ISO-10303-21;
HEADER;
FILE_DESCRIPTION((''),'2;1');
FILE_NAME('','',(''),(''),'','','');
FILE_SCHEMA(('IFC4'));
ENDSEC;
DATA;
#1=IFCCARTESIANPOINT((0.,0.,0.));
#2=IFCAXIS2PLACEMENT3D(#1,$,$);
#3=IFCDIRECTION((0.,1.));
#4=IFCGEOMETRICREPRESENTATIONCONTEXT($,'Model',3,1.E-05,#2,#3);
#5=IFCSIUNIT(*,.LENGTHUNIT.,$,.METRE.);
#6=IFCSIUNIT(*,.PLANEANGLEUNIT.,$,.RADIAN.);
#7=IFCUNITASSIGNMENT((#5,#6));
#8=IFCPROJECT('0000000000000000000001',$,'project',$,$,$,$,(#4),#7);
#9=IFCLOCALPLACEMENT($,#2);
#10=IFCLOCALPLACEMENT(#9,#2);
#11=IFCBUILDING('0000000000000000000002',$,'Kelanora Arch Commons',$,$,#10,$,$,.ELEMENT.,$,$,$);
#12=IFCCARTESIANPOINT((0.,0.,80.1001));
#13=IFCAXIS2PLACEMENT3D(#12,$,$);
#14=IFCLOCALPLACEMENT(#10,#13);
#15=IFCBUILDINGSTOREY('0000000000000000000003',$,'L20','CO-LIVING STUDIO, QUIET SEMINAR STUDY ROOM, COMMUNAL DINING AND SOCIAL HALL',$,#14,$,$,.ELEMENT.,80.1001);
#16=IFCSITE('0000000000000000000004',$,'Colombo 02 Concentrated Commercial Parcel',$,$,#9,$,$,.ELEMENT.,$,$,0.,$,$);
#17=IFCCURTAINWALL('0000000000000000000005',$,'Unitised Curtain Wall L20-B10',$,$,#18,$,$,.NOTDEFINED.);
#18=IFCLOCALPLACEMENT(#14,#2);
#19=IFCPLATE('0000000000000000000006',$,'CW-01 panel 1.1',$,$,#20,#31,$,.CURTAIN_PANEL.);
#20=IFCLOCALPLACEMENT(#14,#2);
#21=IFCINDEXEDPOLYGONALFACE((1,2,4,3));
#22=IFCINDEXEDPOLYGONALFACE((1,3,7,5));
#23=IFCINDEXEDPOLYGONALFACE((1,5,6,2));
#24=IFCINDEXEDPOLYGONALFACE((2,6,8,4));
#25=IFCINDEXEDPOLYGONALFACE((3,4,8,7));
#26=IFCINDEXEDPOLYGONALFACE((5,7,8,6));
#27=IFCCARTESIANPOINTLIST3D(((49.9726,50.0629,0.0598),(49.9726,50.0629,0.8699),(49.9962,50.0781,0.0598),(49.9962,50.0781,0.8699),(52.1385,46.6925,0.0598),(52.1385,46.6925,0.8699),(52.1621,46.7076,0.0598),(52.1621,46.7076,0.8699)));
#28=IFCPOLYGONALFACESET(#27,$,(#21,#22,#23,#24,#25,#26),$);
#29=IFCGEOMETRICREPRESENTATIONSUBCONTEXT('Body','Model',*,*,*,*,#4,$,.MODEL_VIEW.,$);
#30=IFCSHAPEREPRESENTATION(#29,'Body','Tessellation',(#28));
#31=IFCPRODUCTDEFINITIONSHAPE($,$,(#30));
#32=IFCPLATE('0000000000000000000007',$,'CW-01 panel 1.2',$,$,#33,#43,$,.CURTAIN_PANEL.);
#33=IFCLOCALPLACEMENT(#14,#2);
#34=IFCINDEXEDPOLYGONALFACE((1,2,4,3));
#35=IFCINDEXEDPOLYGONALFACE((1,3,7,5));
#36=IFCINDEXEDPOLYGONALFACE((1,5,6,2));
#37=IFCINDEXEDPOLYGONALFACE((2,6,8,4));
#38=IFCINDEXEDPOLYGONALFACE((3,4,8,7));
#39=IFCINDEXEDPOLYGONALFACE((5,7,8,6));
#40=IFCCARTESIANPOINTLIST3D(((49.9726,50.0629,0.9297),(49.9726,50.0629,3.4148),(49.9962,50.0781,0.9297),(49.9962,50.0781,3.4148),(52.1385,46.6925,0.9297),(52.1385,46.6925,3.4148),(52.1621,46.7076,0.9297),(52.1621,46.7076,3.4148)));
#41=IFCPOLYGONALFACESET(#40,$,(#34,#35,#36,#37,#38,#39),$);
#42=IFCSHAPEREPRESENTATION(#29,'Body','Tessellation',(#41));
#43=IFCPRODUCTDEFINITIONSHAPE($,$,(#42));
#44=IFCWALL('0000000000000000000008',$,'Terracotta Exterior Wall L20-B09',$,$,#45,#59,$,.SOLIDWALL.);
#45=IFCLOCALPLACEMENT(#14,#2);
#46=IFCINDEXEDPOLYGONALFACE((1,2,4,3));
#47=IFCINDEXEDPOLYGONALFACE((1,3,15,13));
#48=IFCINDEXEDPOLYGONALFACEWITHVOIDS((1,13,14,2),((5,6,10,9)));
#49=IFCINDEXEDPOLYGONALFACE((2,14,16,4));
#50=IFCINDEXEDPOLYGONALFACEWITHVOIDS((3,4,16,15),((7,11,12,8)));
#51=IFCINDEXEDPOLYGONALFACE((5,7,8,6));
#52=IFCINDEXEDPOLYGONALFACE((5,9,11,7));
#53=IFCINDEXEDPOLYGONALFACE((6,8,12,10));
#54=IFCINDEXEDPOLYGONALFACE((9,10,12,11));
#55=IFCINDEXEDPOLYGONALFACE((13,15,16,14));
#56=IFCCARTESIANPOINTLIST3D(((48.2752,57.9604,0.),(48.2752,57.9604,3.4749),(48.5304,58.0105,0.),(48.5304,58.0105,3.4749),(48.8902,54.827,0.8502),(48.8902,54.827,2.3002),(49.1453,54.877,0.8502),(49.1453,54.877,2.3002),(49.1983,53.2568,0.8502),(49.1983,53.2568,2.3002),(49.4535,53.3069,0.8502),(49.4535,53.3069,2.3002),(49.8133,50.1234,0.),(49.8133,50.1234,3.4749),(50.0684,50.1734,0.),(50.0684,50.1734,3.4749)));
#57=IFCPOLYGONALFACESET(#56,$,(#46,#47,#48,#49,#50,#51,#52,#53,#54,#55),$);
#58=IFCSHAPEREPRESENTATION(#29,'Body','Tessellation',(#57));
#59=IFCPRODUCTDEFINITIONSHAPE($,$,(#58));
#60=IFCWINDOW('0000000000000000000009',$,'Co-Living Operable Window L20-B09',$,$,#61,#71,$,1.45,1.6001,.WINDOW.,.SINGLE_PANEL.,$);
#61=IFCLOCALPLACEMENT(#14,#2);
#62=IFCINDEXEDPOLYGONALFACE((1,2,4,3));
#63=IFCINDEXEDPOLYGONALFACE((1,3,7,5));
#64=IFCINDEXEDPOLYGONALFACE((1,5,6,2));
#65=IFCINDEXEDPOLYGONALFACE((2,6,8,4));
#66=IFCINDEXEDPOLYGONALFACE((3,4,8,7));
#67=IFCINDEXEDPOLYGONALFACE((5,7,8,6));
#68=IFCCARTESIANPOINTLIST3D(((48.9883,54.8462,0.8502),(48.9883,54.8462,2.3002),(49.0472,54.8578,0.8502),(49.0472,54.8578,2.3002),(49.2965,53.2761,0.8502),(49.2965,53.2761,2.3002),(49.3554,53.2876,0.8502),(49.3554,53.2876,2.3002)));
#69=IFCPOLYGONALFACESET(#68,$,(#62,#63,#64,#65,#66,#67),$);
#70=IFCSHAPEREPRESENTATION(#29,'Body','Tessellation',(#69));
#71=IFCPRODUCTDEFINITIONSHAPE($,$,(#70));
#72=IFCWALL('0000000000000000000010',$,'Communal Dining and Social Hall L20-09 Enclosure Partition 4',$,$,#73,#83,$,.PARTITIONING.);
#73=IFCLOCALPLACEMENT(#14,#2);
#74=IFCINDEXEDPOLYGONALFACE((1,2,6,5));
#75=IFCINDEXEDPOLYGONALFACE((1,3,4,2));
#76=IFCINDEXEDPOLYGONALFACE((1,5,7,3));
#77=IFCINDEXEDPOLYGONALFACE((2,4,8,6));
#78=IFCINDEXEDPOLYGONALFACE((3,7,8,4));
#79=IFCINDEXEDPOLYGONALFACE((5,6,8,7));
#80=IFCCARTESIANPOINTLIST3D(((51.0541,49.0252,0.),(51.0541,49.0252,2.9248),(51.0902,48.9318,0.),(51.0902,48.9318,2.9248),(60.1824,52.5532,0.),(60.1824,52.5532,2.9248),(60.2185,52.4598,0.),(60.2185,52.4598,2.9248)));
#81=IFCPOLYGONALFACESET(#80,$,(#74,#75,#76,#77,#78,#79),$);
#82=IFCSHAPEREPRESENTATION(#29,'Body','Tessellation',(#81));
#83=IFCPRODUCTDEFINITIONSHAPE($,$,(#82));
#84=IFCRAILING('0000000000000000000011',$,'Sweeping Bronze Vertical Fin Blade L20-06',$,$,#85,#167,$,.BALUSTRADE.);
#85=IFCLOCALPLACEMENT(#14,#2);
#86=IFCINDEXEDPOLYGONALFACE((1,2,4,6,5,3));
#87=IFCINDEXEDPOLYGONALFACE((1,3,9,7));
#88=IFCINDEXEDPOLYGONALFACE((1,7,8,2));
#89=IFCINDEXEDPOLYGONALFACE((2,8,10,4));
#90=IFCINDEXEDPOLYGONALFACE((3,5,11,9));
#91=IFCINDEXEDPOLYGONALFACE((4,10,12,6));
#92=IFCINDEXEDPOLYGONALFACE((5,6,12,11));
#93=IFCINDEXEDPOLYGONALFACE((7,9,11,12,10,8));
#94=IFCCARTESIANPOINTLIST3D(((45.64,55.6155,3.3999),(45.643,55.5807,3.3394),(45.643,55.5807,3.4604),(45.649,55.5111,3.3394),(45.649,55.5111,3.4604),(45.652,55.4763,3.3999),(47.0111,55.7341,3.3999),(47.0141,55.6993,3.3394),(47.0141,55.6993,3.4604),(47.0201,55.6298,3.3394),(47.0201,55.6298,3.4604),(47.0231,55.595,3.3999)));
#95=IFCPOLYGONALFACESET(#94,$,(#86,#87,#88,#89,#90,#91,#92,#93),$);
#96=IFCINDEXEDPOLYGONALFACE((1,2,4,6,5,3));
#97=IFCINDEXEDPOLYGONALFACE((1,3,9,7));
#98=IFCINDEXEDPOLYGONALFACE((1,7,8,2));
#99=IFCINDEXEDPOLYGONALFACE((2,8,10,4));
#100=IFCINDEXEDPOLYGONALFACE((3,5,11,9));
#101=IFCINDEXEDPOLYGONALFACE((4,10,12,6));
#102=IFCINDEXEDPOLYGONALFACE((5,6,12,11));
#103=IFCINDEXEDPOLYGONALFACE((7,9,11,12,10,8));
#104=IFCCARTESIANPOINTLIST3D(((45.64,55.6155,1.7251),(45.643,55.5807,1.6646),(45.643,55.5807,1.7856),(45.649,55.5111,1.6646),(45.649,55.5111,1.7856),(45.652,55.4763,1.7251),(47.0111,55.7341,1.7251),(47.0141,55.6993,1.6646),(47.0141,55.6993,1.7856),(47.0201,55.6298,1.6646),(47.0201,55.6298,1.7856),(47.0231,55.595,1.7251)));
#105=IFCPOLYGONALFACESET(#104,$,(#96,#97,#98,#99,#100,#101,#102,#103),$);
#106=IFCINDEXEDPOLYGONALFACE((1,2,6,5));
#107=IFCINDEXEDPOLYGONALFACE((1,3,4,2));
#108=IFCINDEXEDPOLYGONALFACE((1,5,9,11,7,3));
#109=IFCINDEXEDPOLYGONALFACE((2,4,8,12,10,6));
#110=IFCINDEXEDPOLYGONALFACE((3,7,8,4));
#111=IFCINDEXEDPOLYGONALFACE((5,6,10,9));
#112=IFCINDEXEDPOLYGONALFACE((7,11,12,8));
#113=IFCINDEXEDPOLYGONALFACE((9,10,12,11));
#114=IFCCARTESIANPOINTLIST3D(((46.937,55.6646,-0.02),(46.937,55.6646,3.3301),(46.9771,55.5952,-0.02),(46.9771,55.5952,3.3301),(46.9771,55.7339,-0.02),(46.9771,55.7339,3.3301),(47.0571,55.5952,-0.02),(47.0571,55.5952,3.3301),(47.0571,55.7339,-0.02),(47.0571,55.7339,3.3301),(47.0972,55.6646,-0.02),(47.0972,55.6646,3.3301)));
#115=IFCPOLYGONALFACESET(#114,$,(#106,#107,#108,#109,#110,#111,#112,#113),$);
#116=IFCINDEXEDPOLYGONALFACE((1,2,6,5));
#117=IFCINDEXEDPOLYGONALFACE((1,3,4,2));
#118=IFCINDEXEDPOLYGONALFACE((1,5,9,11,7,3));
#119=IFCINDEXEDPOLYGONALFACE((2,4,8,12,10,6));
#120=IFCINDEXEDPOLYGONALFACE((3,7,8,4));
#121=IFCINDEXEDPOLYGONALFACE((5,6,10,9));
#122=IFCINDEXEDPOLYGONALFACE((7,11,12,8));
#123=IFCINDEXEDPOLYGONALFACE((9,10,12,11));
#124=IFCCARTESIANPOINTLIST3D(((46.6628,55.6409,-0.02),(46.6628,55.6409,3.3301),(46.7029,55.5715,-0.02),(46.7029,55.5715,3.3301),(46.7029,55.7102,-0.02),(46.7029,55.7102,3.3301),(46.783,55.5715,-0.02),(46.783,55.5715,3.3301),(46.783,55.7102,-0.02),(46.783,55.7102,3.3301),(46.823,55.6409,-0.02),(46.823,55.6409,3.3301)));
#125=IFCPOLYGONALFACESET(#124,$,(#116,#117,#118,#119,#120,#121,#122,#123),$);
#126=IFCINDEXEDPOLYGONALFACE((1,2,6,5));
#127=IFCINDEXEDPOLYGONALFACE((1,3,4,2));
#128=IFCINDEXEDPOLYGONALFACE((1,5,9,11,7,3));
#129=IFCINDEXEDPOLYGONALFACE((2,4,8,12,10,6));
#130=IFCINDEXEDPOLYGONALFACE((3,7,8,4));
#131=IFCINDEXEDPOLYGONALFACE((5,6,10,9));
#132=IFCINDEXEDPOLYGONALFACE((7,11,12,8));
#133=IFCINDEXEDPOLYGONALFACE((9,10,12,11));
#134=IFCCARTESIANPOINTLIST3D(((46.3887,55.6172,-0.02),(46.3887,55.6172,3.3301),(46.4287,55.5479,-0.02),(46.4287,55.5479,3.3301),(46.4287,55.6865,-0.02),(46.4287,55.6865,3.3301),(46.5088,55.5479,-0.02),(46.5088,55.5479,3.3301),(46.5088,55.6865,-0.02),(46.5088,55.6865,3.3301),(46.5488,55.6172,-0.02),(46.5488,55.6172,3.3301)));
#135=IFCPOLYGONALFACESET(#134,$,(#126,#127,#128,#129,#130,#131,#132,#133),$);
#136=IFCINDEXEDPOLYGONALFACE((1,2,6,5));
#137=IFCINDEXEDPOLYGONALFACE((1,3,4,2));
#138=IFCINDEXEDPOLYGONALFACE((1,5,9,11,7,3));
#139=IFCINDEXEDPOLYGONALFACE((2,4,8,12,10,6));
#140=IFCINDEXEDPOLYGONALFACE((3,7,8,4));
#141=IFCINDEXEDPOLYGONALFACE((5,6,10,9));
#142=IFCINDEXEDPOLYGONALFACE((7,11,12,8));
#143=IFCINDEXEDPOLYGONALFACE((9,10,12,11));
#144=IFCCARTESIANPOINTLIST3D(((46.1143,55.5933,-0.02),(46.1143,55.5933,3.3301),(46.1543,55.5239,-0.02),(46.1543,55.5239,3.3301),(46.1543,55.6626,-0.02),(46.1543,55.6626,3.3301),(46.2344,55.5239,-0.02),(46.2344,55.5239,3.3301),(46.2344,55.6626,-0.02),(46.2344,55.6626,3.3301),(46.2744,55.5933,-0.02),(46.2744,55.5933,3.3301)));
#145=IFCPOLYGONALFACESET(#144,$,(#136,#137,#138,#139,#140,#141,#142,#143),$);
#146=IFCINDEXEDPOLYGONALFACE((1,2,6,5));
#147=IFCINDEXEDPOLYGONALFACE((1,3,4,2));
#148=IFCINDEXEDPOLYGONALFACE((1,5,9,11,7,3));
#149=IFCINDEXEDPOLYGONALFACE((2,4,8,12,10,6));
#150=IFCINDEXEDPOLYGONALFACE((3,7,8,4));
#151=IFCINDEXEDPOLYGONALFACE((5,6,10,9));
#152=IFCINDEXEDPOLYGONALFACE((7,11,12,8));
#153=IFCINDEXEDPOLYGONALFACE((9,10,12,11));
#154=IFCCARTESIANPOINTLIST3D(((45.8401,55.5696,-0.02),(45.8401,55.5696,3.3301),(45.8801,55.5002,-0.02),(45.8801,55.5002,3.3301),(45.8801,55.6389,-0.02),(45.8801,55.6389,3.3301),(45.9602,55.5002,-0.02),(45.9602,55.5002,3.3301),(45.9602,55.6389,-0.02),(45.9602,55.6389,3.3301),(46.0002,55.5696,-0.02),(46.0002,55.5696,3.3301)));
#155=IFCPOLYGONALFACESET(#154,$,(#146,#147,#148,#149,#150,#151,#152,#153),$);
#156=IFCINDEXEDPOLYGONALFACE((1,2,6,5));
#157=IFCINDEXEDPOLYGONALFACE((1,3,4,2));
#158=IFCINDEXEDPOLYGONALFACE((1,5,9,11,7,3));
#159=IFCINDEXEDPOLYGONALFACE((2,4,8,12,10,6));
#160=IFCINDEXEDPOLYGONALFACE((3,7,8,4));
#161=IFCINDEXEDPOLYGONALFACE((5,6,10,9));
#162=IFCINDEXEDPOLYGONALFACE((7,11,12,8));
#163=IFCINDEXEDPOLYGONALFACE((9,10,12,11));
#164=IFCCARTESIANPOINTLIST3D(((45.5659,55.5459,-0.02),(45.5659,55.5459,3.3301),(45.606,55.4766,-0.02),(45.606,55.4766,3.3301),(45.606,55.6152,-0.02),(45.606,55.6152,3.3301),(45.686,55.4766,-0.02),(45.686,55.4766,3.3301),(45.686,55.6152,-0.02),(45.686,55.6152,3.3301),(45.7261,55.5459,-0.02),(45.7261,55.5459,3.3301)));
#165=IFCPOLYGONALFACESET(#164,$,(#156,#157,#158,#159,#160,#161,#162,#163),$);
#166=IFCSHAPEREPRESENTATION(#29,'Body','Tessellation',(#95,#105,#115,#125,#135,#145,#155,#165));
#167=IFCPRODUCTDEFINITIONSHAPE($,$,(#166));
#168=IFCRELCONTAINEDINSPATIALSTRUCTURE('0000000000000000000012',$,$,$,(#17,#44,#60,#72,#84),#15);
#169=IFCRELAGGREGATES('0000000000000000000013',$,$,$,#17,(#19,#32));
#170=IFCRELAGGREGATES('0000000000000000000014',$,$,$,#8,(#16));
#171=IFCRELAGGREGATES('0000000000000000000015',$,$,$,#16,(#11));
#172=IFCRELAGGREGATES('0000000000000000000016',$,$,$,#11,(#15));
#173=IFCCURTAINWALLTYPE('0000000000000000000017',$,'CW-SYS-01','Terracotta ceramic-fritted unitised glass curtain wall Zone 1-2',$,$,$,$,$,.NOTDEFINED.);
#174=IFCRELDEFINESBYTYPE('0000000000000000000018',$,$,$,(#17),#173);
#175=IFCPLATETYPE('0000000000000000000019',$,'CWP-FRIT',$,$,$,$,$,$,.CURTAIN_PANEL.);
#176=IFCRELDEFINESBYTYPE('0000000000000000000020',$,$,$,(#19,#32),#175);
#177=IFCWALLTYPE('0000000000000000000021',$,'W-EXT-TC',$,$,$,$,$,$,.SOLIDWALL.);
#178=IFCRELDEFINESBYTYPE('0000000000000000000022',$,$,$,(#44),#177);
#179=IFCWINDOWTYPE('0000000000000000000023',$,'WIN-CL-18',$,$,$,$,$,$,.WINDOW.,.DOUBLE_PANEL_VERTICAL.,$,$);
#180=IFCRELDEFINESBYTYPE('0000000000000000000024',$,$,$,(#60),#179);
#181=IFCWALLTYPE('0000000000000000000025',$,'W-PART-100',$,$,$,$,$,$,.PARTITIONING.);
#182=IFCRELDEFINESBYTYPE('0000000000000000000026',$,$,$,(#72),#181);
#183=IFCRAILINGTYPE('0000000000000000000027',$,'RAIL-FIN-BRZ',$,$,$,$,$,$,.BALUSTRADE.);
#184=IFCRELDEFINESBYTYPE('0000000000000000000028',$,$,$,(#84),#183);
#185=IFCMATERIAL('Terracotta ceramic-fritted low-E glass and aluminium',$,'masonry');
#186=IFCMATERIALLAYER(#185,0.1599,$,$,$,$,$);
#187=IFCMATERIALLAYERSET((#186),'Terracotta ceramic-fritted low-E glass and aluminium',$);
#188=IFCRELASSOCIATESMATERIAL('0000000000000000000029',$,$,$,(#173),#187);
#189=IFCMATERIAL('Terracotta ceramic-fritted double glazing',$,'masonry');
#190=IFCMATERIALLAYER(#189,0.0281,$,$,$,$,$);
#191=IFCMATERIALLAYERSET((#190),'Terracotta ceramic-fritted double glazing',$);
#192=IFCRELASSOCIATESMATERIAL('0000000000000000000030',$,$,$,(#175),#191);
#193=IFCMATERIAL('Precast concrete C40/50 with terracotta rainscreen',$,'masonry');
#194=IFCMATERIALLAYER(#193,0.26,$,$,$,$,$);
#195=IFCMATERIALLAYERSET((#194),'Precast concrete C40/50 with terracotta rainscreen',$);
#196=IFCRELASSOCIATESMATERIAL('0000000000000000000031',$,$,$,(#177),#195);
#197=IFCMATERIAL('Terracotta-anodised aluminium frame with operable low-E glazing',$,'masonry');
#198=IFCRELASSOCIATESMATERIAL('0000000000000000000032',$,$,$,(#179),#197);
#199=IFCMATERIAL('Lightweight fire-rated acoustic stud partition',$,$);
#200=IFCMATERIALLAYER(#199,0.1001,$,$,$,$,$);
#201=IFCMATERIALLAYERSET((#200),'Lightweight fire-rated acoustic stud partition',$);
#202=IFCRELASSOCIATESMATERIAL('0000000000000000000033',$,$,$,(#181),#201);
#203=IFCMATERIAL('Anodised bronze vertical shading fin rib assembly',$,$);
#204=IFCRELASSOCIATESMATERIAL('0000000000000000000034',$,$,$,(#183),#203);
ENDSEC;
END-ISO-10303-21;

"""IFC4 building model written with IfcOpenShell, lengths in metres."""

from ifc_helpers import new_model, si_unit, direction, frame, frame_2d, origin, origin_2d, place, context, subcontext, project, spatial, polyline, rectangle, outline, extrude, source, transform, mapped, material, layer, layer_set, type_object, element, fill, aggregate, save


model = new_model("IFC4")

# Units and contexts
model_context = context("Model", 3, precision=1e-05, world=origin(), true_north=direction((0.0, 1.0)))
body_context = subcontext(model_context, "Body", "Model", "MODEL_VIEW")
ifc_project = project(units=[si_unit("LENGTHUNIT", "METRE"), si_unit("PLANEANGLEUNIT", "RADIAN")], contexts=[model_context])

# Site, building, storey
site_placement = place(None, origin())
site = spatial("IfcSite", under=ifc_project, at=site_placement, Name="Colombo 02 Concentrated Commercial Parcel", CompositionType="ELEMENT", RefElevation=0.0)
building_placement = place(site_placement, origin())
building = spatial("IfcBuilding", under=site, at=building_placement, Name="Kelanora Arch Commons", CompositionType="ELEMENT")
storey_placement = place(building_placement, frame((0.0, 0.0, 80.1001)))
storey = spatial("IfcBuildingStorey", under=building, at=storey_placement, Name="L20", Description="CO-LIVING STUDIO, QUIET SEMINAR STUDY ROOM, COMMUNAL DINING AND SOCIAL HALL", CompositionType="ELEMENT", Elevation=80.1001)

# Curtain wall
ifc_material_1 = material(Name="Terracotta ceramic-fritted low-E glass and aluminium", Category="masonry")
ifc_layer_1 = layer(ifc_material_1, 0.1599)
ifc_layer_set_1 = layer_set([ifc_layer_1], Name="Terracotta ceramic-fritted low-E glass and aluminium")
curtain_wall_type = type_object("IfcCurtainWallType", Name="CW-SYS-01", Description="Terracotta ceramic-fritted unitised glass curtain wall Zone 1-2", PredefinedType="NOTDEFINED", material=ifc_layer_set_1)
curtain_wall_placement = place(storey_placement, origin())
curtain_wall = element("IfcCurtainWall", 1, at=curtain_wall_placement, inside=storey, type_object=curtain_wall_type, Name="Unitised Curtain Wall L20-B10", PredefinedType="NOTDEFINED")

# Plates
ifc_material_2 = material(Name="Terracotta ceramic-fritted double glazing", Category="masonry")
ifc_layer_2 = layer(ifc_material_2, 0.0281)
ifc_layer_set_2 = layer_set([ifc_layer_2], Name="Terracotta ceramic-fritted double glazing")
plate_type = type_object("IfcPlateType", Name="CWP-FRIT", PredefinedType="CURTAIN_PANEL", material=ifc_layer_set_2)
shared_shape_1 = source(origin(), body_context, "Body", "SweptSolid", [
    extrude(rectangle(XDim=4.0063, YDim=0.0281, at=origin_2d()), origin(), (0.0, 0.0, 1.0), 0.8101),
])
plate_1_placement = place(storey_placement, frame((51.0674, 48.3853, 0.0598), z_axis=(0.0, 0.0, 1.0), x_axis=(0.540617, -0.841269, 0.0)))
plate_1 = element("IfcPlate", 2, at=plate_1_placement, type_object=plate_type, Name="CW-01 panel 1.1", PredefinedType="CURTAIN_PANEL", context=body_context, shape_type="MappedRepresentation", body=[
    mapped(shared_shape_1, transform((0.0, 0.0, 0.0), scale=1.0)),
])
shared_shape_2 = source(origin(), body_context, "Body", "SweptSolid", [
    extrude(rectangle(XDim=4.0063, YDim=0.0281, at=origin_2d()), origin(), (0.0, 0.0, 1.0), 2.4851),
])
plate_2_placement = place(storey_placement, frame((51.0674, 48.3853, 0.9297), z_axis=(0.0, 0.0, 1.0), x_axis=(0.540617, -0.841269, 0.0)))
plate_2 = element("IfcPlate", 3, at=plate_2_placement, type_object=plate_type, Name="CW-01 panel 1.2", PredefinedType="CURTAIN_PANEL", context=body_context, shape_type="MappedRepresentation", body=[
    mapped(shared_shape_2, transform((0.0, 0.0, 0.0), scale=1.0)),
])
aggregate(curtain_wall, [plate_1, plate_2])

# Wall, opening, window
ifc_material_3 = material(Name="Precast concrete C40/50 with terracotta rainscreen", Category="masonry")
ifc_layer_3 = layer(ifc_material_3, 0.26)
ifc_layer_set_3 = layer_set([ifc_layer_3], Name="Precast concrete C40/50 with terracotta rainscreen")
wall_type_1 = type_object("IfcWallType", Name="W-EXT-TC", PredefinedType="SOLIDWALL", material=ifc_layer_set_3)
wall_1_placement = place(storey_placement, frame((48.4028, 57.9854, 0.0), z_axis=(0.0, 0.0, 1.0), x_axis=(0.192582, -0.981281, 0.0)))
wall_1 = element("IfcWall", 4, at=wall_1_placement, inside=storey, type_object=wall_type_1, Name="Terracotta Exterior Wall L20-B09", PredefinedType="SOLIDWALL", context=body_context, shape_type="SweptSolid", body=[
    extrude(rectangle(XDim=7.9866, YDim=0.26, at=frame_2d((3.9932, 0.0))), origin(), (0.0, 0.0, 1.0), 3.4749),
])
opening_placement = place(wall_1_placement, frame((3.1931, 0.0, 0.8501)))
opening = element("IfcOpeningElement", 5, at=opening_placement, cuts=wall_1, PredefinedType="OPENING", context=body_context, shape_type="SweptSolid", body=[
    extrude(rectangle(XDim=1.6001, YDim=1.45, at=frame_2d((0.8, 0.7251))), frame((0.0, 0.1401, 0.0), z_axis=(0.0, -1.0, 0.0), x_axis=(1.0, 0.0, 0.0)), (0.0, 0.0, 1.0), 0.28),
])
ifc_material_4 = material(Name="Terracotta-anodised aluminium frame with operable low-E glazing", Category="masonry")
window_type = type_object("IfcWindowType", Name="WIN-CL-18", PartitioningType="DOUBLE_PANEL_VERTICAL", PredefinedType="WINDOW", material=ifc_material_4)
window_placement = place(opening_placement, origin())
window = element("IfcWindow", 6, at=window_placement, inside=storey, type_object=window_type, Name="Co-Living Operable Window L20-B09", OverallHeight=1.45, OverallWidth=1.6001, PartitioningType="SINGLE_PANEL", PredefinedType="WINDOW", context=body_context, shape_type="SweptSolid", body=[
    extrude(rectangle(XDim=1.6001, YDim=1.45, at=frame_2d((0.8, 0.7251))), frame((0.0, 0.03, 0.0), z_axis=(0.0, -1.0, 0.0), x_axis=(1.0, 0.0, 0.0)), (0.0, 0.0, 1.0), 0.0601),
])
fill(opening, window)

# Wall
ifc_material_5 = material(Name="Lightweight fire-rated acoustic stud partition")
ifc_layer_4 = layer(ifc_material_5, 0.1001)
ifc_layer_set_4 = layer_set([ifc_layer_4], Name="Lightweight fire-rated acoustic stud partition")
wall_type_2 = type_object("IfcWallType", Name="W-PART-100", PredefinedType="PARTITIONING", material=ifc_layer_set_4)
wall_2_placement = place(storey_placement, frame((51.0723, 48.9785, 0.0), z_axis=(0.0, 0.0, 1.0), x_axis=(0.932757, 0.360505, 0.0)))
element("IfcWall", 7, at=wall_2_placement, inside=storey, type_object=wall_type_2, Name="Communal Dining and Social Hall L20-09 Enclosure Partition 4", PredefinedType="PARTITIONING", context=body_context, shape_type="SweptSolid", body=[
    extrude(rectangle(XDim=9.7864, YDim=0.1001, at=frame_2d((4.8931, 0.0))), origin(), (0.0, 0.0, 1.0), 2.9248),
])

# Railing
ifc_material_6 = material(Name="Anodised bronze vertical shading fin rib assembly")
railing_type = type_object("IfcRailingType", Name="RAIL-FIN-BRZ", PredefinedType="BALUSTRADE", material=ifc_material_6)
railing_1_placement = place(storey_placement, frame((47.0171, 55.6646, -0.02)))
element("IfcRailing", 8, at=railing_1_placement, inside=storey, type_object=railing_type, Name="Sweeping Bronze Vertical Fin Blade L20-06", PredefinedType="BALUSTRADE", context=body_context, shape_type="SweptSolid", body=[
    extrude(outline(polyline([(0.0698, 0.0), (0.0349, 0.0605), (-0.0349, 0.0605), (-0.0698, 0.0), (-0.0349, -0.0605), (0.0349, -0.0605), (0.0698, 0.0)])), frame((0.0, 0.0, 3.4199), z_axis=(-0.996276, -0.086216, 0.0), x_axis=(0.086216, -0.996276, 0.0)), (0.0, 0.0, 1.0), 1.3762),
    extrude(outline(polyline([(0.0698, 0.0), (0.0349, 0.0605), (-0.0349, 0.0605), (-0.0698, 0.0), (-0.0349, -0.0605), (0.0349, -0.0605), (0.0698, 0.0)])), frame((0.0, 0.0, 1.7451), z_axis=(-0.996276, -0.086216, 0.0), x_axis=(0.086216, -0.996276, 0.0)), (0.0, 0.0, 1.0), 1.3762),
    extrude(outline(polyline([(0.0801, 0.0), (0.04, 0.0693), (-0.04, 0.0693), (-0.0801, 0.0), (-0.04, -0.0693), (0.04, -0.0693), (0.0801, 0.0)])), origin(), (0.0, 0.0, 1.0), 3.3501),
    extrude(outline(polyline([(0.0801, 0.0), (0.04, 0.0693), (-0.04, 0.0693), (-0.0801, 0.0), (-0.04, -0.0693), (0.04, -0.0693), (0.0801, 0.0)])), frame((-0.2742, -0.0237, 0.0)), (0.0, 0.0, 1.0), 3.3501),
    extrude(outline(polyline([(0.0801, 0.0), (0.04, 0.0693), (-0.04, 0.0693), (-0.0801, 0.0), (-0.04, -0.0693), (0.04, -0.0693), (0.0801, 0.0)])), frame((-0.5483, -0.0474, 0.0)), (0.0, 0.0, 1.0), 3.3501),
    extrude(outline(polyline([(0.0801, 0.0), (0.04, 0.0693), (-0.04, 0.0693), (-0.0801, 0.0), (-0.04, -0.0693), (0.04, -0.0693), (0.0801, 0.0)])), frame((-0.8228, -0.0713, 0.0)), (0.0, 0.0, 1.0), 3.3501),
    extrude(outline(polyline([(0.0801, 0.0), (0.04, 0.0693), (-0.04, 0.0693), (-0.0801, 0.0), (-0.04, -0.0693), (0.04, -0.0693), (0.0801, 0.0)])), frame((-1.0969, -0.095, 0.0)), (0.0, 0.0, 1.0), 3.3501),
    extrude(outline(polyline([(0.0801, 0.0), (0.04, 0.0693), (-0.04, 0.0693), (-0.0801, 0.0), (-0.04, -0.0693), (0.04, -0.0693), (0.0801, 0.0)])), frame((-1.3711, -0.1187, 0.0)), (0.0, 0.0, 1.0), 3.3501),
])

save(model, "model.ifc")
